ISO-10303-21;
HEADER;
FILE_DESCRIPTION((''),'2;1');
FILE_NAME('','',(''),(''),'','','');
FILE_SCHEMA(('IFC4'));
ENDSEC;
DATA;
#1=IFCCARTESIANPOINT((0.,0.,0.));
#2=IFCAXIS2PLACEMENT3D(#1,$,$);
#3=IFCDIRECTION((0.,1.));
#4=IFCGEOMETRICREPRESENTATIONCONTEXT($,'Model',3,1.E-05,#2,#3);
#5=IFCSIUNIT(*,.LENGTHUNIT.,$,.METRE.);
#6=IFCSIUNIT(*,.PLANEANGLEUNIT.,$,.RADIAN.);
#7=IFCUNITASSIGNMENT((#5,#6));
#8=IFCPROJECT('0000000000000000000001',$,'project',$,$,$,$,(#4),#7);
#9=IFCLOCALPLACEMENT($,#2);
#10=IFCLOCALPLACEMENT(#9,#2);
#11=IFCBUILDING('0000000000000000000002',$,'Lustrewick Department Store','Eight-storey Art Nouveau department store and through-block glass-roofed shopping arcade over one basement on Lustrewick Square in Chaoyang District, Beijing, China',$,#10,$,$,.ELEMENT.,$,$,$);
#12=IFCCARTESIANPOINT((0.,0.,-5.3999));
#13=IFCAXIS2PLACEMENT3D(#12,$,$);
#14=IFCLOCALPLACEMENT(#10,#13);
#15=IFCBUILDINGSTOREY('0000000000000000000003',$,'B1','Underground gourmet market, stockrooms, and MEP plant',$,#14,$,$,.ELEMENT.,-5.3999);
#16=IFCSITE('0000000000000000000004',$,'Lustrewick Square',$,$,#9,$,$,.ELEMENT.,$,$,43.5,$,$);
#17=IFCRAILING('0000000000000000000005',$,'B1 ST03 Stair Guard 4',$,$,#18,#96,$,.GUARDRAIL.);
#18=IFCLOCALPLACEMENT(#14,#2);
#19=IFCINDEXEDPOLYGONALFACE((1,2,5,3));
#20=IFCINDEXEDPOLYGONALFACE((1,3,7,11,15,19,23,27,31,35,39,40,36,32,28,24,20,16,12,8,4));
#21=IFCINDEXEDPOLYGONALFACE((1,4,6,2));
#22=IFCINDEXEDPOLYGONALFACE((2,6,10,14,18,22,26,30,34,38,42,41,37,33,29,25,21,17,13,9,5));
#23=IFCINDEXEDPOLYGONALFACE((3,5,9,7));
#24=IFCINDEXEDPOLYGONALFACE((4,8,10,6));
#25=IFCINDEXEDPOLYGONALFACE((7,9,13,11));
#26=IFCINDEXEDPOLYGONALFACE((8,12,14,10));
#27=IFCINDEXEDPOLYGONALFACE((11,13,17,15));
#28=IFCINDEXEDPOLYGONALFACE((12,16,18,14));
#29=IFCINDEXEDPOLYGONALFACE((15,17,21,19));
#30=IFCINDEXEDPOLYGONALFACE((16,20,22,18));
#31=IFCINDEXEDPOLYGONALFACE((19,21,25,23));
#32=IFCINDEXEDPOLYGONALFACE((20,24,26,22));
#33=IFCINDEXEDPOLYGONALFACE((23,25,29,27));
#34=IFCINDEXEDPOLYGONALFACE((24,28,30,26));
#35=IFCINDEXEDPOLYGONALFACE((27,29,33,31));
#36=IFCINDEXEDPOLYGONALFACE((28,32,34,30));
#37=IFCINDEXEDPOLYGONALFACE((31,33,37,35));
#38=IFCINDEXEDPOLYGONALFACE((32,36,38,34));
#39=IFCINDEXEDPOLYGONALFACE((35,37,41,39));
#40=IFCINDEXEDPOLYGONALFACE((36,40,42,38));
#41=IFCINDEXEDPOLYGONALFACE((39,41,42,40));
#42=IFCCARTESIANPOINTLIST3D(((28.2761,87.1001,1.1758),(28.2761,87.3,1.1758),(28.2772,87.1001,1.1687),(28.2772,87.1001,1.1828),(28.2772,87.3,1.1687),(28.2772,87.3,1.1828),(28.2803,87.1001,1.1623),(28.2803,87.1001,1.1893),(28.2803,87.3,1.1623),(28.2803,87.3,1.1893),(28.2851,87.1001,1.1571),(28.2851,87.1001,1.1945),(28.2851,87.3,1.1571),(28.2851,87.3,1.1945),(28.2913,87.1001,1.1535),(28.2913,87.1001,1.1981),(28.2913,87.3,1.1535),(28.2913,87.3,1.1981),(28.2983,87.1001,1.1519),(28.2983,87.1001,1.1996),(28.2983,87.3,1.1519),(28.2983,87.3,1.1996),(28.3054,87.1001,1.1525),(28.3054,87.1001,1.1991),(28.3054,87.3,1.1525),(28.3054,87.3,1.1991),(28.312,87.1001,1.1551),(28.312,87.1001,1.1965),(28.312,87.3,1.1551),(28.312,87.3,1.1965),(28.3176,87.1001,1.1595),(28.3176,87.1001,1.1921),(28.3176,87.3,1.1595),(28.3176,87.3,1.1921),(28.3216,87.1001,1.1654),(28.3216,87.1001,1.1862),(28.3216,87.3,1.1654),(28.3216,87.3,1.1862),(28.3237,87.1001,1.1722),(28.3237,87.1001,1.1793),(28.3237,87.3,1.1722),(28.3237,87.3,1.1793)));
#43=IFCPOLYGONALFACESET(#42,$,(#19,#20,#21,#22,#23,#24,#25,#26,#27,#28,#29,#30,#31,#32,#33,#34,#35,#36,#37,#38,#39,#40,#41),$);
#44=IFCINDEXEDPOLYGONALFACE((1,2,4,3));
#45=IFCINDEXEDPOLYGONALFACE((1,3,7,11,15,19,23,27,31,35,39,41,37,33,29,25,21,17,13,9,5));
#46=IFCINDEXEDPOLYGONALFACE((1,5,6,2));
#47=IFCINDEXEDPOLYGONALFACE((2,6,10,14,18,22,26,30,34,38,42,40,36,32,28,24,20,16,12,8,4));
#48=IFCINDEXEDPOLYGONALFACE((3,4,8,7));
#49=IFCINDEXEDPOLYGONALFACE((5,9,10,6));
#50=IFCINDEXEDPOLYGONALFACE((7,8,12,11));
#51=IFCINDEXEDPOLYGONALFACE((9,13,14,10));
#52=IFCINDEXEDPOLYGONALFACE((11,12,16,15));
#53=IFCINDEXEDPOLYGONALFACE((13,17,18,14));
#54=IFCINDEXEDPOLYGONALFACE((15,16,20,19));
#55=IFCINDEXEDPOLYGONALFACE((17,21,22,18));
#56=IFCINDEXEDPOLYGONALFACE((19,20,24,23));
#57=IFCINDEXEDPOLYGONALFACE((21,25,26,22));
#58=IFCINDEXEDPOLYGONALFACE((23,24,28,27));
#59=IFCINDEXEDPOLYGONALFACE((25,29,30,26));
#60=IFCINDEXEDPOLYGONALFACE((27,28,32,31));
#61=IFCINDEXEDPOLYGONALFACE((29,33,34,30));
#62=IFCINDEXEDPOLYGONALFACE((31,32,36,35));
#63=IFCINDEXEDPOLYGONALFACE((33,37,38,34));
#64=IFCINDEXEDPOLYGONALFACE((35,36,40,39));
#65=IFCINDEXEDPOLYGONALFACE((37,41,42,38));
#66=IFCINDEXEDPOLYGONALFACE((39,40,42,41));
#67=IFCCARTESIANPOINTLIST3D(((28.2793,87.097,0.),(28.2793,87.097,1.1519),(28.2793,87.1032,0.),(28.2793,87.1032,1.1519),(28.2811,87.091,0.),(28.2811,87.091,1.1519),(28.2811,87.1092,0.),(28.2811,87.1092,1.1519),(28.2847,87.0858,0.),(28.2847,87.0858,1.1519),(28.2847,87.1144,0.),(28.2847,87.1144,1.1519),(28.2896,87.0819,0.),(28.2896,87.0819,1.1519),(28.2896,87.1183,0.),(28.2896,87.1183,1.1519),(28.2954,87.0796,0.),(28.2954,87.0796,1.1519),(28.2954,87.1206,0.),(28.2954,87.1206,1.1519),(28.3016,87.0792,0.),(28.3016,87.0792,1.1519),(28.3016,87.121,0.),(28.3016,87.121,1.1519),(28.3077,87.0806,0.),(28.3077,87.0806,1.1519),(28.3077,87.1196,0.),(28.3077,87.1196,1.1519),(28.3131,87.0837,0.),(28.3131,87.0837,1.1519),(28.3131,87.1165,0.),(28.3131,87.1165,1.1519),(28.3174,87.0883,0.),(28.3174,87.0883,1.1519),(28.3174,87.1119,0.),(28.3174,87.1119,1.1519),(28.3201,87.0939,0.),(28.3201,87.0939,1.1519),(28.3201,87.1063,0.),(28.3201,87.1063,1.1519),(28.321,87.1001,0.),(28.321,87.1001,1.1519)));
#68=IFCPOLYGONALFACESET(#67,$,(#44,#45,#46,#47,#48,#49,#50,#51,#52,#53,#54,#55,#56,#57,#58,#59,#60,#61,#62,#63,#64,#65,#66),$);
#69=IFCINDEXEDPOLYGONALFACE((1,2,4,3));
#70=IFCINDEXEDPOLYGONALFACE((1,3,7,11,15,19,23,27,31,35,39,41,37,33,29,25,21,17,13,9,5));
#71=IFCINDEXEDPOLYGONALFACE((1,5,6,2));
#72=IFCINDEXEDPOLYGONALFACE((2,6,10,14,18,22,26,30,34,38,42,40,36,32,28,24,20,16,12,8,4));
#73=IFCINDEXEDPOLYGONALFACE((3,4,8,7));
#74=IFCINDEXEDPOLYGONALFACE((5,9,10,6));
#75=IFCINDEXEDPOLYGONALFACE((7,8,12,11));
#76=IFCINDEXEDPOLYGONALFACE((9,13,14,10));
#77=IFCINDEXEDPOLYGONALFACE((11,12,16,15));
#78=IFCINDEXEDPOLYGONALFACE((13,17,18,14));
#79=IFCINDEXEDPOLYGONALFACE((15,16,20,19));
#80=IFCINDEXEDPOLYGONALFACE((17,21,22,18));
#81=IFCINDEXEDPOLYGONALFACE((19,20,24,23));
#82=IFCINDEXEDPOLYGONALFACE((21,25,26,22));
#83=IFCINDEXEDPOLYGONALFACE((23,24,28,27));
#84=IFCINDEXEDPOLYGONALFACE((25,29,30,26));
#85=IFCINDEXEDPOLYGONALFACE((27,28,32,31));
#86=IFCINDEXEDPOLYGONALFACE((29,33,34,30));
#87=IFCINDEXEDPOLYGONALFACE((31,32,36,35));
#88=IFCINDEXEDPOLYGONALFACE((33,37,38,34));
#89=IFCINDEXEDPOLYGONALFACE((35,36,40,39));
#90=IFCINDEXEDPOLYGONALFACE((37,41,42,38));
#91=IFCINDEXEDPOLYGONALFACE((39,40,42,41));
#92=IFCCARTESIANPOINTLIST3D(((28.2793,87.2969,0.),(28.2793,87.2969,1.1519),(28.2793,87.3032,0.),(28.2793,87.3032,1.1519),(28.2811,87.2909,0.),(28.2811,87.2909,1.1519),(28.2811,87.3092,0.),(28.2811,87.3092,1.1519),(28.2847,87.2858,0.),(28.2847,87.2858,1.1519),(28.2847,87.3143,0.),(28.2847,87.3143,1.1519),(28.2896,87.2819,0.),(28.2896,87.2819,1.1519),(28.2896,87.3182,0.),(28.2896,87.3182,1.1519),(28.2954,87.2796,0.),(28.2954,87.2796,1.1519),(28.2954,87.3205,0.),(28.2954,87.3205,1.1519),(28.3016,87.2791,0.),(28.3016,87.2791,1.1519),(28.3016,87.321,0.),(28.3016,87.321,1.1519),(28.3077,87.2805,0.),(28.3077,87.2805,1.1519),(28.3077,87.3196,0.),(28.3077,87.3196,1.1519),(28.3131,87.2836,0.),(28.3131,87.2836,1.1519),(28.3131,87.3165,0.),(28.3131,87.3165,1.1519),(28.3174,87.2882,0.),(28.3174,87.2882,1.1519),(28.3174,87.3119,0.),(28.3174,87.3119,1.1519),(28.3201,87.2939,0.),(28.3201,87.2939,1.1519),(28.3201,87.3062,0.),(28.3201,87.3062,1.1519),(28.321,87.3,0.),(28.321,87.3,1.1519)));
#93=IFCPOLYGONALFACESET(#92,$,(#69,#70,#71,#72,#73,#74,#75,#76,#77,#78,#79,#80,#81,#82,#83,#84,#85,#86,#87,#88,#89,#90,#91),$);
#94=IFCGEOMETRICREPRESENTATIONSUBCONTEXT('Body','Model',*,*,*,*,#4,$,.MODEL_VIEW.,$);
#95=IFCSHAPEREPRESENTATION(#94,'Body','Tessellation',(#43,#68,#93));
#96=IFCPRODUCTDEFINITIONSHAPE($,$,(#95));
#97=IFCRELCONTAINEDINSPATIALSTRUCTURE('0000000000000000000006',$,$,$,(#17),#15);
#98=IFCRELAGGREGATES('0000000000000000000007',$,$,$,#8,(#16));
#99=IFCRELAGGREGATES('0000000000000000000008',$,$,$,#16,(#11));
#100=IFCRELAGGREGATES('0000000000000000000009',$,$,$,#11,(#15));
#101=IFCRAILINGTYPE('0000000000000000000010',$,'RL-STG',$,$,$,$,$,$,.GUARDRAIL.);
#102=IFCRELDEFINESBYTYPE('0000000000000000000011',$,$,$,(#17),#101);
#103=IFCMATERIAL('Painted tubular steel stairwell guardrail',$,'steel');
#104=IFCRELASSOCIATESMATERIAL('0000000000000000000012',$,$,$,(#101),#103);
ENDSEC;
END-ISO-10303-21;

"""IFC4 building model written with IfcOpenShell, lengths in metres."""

from ifc_helpers import new_model, si_unit, direction, frame, origin, origin_2d, place, context, subcontext, project, spatial, circle, extrude, material, type_object, element, save


model = new_model("IFC4")

# Units and contexts
model_context = context("Model", 3, precision=1e-05, world=origin(), true_north=direction((0.0, 1.0)))
body_context = subcontext(model_context, "Body", "Model", "MODEL_VIEW")
ifc_project = project(units=[si_unit("LENGTHUNIT", "METRE"), si_unit("PLANEANGLEUNIT", "RADIAN")], contexts=[model_context])

# Site, building, storey
site_placement = place(None, origin())
site = spatial("IfcSite", under=ifc_project, at=site_placement, Name="Lustrewick Square", CompositionType="ELEMENT", RefElevation=43.5)
building_placement = place(site_placement, origin())
building = spatial("IfcBuilding", under=site, at=building_placement, Name="Lustrewick Department Store", Description="Eight-storey Art Nouveau department store and through-block glass-roofed shopping arcade over one basement on Lustrewick Square in Chaoyang District, Beijing, China", CompositionType="ELEMENT")
storey_placement = place(building_placement, frame((0.0, 0.0, -5.3999)))
storey = spatial("IfcBuildingStorey", under=building, at=storey_placement, Name="B1", Description="Underground gourmet market, stockrooms, and MEP plant", CompositionType="ELEMENT", Elevation=-5.3999)

# Railing
ifc_material_1 = material(Name="Painted tubular steel stairwell guardrail", Category="steel")
railing_type_1 = type_object("IfcRailingType", Name="RL-STG", PredefinedType="GUARDRAIL", material=ifc_material_1)
railing_1_placement = place(storey_placement, frame((28.3, 87.1001, 0.0)))
element("IfcRailing", 1, at=railing_1_placement, inside=storey, type_object=railing_type_1, Name="B1 ST03 Stair Guard 4", PredefinedType="GUARDRAIL", context=body_context, shape_type="SweptSolid", body=[
    extrude(circle(Radius=0.0239, at=origin_2d()), frame((0.0, 0.0, 1.1758), z_axis=(0.0, 1.0, 0.0), x_axis=(-1.0, 0.0, 0.0)), (0.0, 0.0, 1.0), 0.2),
    extrude(circle(Radius=0.021, at=origin_2d()), origin(), (0.0, 0.0, 1.0), 1.1519),
    extrude(circle(Radius=0.021, at=origin_2d()), frame((0.0, 0.2, 0.0)), (0.0, 0.0, 1.0), 1.1519),
])

save(model, "model.ifc")
